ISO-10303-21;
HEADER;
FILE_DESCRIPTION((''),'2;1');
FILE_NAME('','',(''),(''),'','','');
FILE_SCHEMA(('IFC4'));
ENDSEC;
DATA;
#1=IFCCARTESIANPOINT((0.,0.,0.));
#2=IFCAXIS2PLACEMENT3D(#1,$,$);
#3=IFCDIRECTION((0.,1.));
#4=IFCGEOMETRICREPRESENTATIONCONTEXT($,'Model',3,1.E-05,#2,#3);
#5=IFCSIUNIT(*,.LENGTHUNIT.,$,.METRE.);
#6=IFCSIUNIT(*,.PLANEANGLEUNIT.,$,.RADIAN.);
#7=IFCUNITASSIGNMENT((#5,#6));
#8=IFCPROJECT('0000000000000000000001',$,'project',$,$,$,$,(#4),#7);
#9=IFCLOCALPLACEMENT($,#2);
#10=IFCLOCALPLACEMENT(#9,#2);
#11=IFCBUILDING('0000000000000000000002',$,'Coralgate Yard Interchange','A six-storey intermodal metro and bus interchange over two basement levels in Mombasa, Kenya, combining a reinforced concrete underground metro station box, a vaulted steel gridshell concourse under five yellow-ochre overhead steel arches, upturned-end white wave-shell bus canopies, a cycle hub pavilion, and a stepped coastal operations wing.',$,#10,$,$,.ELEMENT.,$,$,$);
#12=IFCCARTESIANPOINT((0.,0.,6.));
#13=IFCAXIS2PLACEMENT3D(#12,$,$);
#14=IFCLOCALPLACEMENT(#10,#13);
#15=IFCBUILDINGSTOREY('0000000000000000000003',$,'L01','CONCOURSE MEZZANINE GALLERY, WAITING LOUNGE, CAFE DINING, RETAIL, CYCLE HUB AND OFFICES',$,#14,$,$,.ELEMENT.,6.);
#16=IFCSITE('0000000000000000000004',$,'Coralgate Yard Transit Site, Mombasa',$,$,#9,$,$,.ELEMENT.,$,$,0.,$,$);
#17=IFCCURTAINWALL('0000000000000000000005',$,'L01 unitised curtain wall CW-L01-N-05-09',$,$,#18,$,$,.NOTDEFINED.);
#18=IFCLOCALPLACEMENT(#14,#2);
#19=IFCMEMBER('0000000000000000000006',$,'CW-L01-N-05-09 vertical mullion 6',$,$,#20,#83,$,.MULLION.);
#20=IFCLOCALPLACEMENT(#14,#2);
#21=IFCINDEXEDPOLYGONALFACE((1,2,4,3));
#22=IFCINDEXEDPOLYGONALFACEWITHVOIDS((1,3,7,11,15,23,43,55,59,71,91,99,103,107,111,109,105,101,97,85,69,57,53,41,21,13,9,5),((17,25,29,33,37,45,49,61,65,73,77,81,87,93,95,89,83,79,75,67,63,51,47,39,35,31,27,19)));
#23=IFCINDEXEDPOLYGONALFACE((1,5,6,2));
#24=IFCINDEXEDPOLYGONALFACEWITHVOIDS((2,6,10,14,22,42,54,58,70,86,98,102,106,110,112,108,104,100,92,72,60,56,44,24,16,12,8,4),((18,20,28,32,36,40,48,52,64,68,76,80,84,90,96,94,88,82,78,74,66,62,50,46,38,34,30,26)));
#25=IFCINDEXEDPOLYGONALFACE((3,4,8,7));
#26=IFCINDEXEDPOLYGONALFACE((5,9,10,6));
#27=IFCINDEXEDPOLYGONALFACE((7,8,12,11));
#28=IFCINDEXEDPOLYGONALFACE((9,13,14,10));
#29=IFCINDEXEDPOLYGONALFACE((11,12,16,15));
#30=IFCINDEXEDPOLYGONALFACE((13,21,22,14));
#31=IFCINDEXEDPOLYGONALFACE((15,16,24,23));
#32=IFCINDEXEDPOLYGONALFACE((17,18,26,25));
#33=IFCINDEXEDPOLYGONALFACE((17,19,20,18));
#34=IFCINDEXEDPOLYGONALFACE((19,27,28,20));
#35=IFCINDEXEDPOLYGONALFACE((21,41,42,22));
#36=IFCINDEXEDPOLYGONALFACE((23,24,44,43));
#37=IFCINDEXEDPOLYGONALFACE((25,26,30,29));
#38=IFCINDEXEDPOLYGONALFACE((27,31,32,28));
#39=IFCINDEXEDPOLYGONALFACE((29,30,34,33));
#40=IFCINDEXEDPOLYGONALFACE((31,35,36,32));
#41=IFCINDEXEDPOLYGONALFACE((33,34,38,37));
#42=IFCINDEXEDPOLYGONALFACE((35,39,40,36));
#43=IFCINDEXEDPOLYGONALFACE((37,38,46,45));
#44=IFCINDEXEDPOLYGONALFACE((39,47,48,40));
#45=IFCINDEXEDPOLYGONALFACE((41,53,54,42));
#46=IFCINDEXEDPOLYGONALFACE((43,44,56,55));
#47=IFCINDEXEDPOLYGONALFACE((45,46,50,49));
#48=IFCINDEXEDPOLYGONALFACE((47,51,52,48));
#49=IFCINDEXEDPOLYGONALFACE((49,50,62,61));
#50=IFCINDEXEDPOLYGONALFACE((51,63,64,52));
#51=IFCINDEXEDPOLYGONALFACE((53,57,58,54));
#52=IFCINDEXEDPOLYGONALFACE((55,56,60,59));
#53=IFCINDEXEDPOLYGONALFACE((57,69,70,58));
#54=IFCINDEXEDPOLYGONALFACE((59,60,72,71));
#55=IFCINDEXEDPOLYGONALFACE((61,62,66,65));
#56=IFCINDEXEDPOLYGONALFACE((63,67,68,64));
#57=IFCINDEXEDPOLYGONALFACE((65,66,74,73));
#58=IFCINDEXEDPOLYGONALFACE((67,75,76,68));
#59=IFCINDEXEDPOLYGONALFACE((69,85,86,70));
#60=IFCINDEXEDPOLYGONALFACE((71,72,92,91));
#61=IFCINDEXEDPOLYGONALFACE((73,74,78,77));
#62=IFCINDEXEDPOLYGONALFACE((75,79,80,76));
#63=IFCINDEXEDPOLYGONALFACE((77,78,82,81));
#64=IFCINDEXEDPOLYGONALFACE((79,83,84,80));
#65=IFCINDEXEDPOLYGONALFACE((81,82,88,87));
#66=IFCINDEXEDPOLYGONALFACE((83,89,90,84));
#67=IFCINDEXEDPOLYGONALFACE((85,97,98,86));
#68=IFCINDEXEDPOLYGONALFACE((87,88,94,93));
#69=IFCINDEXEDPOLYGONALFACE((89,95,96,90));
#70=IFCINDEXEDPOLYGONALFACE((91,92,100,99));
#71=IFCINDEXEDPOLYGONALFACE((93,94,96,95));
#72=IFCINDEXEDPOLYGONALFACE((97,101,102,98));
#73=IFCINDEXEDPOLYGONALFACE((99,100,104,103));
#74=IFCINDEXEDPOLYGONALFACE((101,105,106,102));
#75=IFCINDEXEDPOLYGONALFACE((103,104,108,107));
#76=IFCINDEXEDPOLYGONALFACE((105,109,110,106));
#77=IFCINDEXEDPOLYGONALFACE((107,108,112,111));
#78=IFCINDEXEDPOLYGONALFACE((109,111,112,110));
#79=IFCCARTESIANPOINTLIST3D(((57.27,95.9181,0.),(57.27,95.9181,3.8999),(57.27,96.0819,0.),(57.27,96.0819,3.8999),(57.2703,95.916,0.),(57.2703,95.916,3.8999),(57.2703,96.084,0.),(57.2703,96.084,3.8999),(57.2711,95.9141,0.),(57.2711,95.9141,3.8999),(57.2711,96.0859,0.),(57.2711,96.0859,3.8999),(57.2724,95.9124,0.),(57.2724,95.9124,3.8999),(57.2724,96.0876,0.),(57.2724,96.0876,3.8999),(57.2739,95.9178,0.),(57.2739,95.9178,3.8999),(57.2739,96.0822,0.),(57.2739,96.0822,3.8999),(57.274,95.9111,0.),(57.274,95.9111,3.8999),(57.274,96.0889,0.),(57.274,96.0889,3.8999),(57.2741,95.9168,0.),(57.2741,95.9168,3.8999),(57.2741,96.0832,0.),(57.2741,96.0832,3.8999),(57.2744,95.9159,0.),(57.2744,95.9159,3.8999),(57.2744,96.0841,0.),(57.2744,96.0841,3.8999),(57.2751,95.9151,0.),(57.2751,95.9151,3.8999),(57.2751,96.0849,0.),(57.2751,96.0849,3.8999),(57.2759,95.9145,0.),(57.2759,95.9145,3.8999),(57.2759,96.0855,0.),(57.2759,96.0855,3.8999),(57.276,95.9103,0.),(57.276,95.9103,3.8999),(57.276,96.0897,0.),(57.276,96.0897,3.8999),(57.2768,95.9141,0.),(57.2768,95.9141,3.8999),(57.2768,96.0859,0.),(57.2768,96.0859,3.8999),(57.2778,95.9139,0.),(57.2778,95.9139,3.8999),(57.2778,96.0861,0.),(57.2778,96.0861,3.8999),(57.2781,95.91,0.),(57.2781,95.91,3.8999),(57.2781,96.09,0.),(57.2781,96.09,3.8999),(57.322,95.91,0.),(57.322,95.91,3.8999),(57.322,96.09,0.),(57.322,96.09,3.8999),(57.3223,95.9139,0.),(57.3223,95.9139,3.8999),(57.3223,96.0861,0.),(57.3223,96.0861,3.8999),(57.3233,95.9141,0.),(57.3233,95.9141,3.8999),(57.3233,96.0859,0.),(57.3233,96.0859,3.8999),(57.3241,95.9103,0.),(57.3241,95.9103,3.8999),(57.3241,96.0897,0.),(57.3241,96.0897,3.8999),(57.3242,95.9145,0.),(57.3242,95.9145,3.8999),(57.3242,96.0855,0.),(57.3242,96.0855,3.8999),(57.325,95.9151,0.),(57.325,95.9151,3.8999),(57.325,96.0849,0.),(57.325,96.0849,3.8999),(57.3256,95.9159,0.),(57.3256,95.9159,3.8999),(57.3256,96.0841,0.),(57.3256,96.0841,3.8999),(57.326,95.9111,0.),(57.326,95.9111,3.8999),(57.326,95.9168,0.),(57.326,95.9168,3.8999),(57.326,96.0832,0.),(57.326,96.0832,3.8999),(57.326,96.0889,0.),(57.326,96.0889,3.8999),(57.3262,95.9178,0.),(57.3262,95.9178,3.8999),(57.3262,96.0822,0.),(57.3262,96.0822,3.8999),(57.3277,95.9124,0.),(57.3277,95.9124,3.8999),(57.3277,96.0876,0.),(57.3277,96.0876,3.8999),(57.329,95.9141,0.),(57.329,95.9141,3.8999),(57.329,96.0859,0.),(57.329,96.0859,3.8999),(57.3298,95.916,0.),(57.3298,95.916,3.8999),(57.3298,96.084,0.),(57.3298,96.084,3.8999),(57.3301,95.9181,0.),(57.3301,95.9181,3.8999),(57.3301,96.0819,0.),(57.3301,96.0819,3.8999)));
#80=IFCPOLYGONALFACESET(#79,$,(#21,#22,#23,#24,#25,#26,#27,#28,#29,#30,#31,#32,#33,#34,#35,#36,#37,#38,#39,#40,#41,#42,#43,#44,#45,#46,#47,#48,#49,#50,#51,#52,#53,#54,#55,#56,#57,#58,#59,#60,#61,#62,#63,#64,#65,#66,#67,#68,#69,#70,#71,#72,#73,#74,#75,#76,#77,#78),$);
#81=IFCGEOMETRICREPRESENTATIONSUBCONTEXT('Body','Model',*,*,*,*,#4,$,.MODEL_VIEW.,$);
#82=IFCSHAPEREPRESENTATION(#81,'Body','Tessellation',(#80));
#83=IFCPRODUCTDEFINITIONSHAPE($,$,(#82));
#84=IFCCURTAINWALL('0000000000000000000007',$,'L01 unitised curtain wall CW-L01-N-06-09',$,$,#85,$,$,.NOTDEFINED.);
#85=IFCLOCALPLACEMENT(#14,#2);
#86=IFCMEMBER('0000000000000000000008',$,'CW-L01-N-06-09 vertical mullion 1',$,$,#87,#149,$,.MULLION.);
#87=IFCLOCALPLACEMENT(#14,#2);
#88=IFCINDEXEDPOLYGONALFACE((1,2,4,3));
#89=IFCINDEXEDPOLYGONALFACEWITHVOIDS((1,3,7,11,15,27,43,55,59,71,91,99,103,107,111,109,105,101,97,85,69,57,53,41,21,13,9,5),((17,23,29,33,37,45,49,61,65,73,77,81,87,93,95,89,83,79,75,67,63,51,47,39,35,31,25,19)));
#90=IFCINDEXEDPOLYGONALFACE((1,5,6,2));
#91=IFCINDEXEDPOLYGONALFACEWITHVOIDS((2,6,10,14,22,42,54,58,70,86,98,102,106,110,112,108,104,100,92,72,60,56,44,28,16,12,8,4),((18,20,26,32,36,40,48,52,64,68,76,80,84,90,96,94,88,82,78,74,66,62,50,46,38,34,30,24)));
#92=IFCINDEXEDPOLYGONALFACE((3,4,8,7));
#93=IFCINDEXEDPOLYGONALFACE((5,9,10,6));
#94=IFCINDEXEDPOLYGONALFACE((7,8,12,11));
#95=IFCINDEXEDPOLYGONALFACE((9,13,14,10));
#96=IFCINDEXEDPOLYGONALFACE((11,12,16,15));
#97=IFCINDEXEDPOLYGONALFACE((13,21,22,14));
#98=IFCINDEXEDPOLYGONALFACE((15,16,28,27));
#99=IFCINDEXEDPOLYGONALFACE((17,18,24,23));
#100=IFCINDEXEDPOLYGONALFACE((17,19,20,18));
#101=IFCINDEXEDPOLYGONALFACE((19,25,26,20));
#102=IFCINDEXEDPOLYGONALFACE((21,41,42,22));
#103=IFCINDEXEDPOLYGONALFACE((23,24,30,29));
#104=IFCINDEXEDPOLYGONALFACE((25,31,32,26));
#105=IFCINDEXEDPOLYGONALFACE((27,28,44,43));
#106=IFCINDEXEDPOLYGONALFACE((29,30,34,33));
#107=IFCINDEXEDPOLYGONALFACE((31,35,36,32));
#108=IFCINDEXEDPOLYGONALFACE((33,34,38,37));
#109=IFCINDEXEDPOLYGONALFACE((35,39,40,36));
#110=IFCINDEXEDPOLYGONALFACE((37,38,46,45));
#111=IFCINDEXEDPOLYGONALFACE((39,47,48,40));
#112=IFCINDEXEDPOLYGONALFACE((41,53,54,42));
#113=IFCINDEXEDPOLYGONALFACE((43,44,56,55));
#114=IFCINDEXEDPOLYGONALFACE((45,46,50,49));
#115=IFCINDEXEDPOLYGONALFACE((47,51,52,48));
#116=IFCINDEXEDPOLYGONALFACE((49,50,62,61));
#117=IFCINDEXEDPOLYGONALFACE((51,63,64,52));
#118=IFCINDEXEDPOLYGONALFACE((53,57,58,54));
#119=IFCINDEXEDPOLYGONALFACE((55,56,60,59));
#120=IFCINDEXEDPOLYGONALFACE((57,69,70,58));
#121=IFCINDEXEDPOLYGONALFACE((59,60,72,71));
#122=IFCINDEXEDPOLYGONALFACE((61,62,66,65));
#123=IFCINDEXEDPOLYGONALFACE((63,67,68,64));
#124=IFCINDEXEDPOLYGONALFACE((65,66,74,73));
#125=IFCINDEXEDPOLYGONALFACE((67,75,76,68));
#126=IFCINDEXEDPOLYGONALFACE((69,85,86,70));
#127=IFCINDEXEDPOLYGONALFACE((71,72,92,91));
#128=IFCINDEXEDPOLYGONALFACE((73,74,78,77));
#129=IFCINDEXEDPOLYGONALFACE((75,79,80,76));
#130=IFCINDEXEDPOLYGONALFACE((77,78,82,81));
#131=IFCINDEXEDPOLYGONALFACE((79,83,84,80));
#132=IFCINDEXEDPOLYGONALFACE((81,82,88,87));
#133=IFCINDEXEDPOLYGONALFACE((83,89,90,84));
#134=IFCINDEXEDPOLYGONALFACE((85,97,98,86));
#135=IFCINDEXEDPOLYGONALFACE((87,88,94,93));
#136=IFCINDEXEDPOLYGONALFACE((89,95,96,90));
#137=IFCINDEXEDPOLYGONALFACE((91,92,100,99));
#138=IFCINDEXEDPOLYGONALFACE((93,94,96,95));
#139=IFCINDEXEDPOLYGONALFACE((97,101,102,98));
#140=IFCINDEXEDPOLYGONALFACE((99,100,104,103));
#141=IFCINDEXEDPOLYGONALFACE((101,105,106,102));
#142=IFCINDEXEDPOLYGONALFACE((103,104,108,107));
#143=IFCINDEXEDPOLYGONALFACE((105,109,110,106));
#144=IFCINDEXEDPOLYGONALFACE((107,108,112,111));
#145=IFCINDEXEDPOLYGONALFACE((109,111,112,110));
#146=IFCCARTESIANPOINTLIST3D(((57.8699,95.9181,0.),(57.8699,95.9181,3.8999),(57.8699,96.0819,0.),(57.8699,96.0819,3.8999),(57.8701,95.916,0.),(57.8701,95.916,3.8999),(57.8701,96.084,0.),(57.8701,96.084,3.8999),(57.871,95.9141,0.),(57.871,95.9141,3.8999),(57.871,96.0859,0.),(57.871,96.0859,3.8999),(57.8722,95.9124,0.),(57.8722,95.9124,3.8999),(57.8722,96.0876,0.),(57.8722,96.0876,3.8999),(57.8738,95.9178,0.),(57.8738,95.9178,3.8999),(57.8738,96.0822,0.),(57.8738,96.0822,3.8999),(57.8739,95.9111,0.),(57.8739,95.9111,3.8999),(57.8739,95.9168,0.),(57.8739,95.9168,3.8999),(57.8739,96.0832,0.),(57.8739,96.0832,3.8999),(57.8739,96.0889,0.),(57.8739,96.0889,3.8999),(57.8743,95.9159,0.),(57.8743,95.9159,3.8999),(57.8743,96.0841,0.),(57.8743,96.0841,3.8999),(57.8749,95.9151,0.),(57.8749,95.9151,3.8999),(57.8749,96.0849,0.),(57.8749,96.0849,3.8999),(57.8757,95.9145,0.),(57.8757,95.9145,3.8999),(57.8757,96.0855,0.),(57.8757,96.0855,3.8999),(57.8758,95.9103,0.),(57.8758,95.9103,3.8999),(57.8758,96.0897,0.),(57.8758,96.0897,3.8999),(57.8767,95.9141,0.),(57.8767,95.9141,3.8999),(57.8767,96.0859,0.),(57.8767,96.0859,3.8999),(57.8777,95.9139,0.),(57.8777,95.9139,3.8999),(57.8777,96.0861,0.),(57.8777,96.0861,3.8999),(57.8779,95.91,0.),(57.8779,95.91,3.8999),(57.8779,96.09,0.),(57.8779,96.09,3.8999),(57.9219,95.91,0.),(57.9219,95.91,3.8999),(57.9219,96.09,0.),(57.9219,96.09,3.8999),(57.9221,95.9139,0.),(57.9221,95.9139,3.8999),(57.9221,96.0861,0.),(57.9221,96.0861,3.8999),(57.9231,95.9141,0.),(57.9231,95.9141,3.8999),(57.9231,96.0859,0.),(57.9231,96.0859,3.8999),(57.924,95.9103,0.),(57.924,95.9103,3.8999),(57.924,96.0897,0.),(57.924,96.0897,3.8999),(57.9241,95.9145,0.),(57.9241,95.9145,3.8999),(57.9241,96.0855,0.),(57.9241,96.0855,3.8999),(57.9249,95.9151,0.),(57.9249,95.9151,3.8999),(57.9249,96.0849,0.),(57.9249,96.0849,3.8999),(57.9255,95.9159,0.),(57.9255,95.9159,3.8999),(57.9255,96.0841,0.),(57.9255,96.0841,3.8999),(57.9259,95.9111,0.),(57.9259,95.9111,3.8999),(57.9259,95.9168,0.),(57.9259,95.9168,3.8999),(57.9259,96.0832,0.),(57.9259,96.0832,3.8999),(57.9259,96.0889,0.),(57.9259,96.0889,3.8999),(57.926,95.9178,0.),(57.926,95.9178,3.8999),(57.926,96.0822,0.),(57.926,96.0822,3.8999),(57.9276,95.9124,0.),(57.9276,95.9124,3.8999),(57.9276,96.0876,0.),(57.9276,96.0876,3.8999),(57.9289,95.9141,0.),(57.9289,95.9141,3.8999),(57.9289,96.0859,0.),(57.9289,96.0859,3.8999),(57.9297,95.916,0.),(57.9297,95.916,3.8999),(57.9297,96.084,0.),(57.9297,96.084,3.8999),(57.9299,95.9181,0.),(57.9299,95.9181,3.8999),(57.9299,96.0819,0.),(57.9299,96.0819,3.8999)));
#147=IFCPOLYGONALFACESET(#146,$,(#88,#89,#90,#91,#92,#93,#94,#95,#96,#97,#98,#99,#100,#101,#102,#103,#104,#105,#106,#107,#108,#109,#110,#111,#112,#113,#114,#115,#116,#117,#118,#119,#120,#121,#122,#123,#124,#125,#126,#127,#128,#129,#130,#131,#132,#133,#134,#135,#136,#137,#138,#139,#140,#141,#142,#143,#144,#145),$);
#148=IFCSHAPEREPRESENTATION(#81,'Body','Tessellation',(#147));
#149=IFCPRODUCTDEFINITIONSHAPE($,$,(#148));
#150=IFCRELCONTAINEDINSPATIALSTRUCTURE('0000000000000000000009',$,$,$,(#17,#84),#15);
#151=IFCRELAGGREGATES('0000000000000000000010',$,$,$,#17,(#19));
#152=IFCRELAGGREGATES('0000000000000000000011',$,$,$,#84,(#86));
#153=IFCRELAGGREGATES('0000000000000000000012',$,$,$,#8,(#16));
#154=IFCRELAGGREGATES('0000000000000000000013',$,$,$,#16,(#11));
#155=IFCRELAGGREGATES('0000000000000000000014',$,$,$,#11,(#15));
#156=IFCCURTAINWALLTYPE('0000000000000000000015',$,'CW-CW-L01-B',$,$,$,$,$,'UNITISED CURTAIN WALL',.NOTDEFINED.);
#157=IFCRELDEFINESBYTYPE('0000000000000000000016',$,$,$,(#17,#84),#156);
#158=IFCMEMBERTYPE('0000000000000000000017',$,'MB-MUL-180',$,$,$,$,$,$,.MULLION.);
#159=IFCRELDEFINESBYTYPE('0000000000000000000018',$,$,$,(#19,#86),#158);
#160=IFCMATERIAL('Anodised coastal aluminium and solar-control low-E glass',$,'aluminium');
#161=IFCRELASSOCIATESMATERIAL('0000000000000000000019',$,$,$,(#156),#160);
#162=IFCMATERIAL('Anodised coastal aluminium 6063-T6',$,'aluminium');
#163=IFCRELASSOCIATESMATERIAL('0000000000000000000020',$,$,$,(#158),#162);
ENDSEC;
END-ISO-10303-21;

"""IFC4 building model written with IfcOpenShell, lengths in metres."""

from ifc_helpers import new_model, si_unit, direction, frame, origin, origin_2d, place, context, subcontext, project, spatial, hollow_rectangle, extrude, material, material_profile, profile_set, type_object, element, aggregate, save


model = new_model("IFC4")

# Units and contexts
model_context = context("Model", 3, precision=1e-05, world=origin(), true_north=direction((0.0, 1.0)))
body_context = subcontext(model_context, "Body", "Model", "MODEL_VIEW")
ifc_project = project(units=[si_unit("LENGTHUNIT", "METRE"), si_unit("PLANEANGLEUNIT", "RADIAN")], contexts=[model_context])

# Site, building, storey
site_placement = place(None, origin())
site = spatial("IfcSite", under=ifc_project, at=site_placement, Name="Coralgate Yard Transit Site, Mombasa", CompositionType="ELEMENT", RefElevation=0.0)
building_placement = place(site_placement, origin())
building = spatial("IfcBuilding", under=site, at=building_placement, Name="Coralgate Yard Interchange", Description="A six-storey intermodal metro and bus interchange over two basement levels in Mombasa, Kenya, combining a reinforced concrete underground metro station box, a vaulted steel gridshell concourse under five yellow-ochre overhead steel arches, upturned-end white wave-shell bus canopies, a cycle hub pavilion, and a stepped coastal operations wing.", CompositionType="ELEMENT")
storey_placement = place(building_placement, frame((0.0, 0.0, 6.0)))
storey = spatial("IfcBuildingStorey", under=building, at=storey_placement, Name="L01", Description="CONCOURSE MEZZANINE GALLERY, WAITING LOUNGE, CAFE DINING, RETAIL, CYCLE HUB AND OFFICES", CompositionType="ELEMENT", Elevation=6.0)

# Curtain wall, member
ifc_material_1 = material(Name="Anodised coastal aluminium and solar-control low-E glass", Category="aluminium")
curtain_wall_type = type_object("IfcCurtainWallType", Name="CW-CW-L01-B", ElementType="UNITISED CURTAIN WALL", PredefinedType="NOTDEFINED", material=ifc_material_1)
curtain_wall_1_placement = place(storey_placement, origin())
curtain_wall_1 = element("IfcCurtainWall", 1, at=curtain_wall_1_placement, inside=storey, type_object=curtain_wall_type, Name="L01 unitised curtain wall CW-L01-N-05-09", PredefinedType="NOTDEFINED")
ifc_material_2 = material(Name="Anodised coastal aluminium 6063-T6", Category="aluminium")
ifc_material_profile_1 = material_profile(ifc_material_2, hollow_rectangle(XDim=0.0601, YDim=0.1799, WallThickness=0.0039, InnerFilletRadius=0.0039, OuterFilletRadius=0.0081, at=origin_2d()), Name="ALU 60x180x4")
ifc_profile_set_1 = profile_set([ifc_material_profile_1], Name="Anodised coastal aluminium 6063-T6")
member_type_1 = type_object("IfcMemberType", Name="MB-MUL-180", PredefinedType="MULLION", material=ifc_profile_set_1)
member_1_placement = place(storey_placement, frame((57.3, 96.0, 0.0), z_axis=(0.0, 0.0, 1.0), x_axis=(1.0, 0.0, 0.0)))
member_1 = element("IfcMember", 2, at=member_1_placement, type_object=member_type_1, Name="CW-L01-N-05-09 vertical mullion 6", PredefinedType="MULLION", context=body_context, shape_type="SweptSolid", body=[
    extrude(hollow_rectangle(XDim=0.0601, YDim=0.1799, WallThickness=0.0039, InnerFilletRadius=0.0039, OuterFilletRadius=0.0081, at=origin_2d()), origin(), (0.0, 0.0, 1.0), 3.8999),
])
aggregate(curtain_wall_1, [member_1])

# Curtain wall, member
curtain_wall_2_placement = place(storey_placement, origin())
curtain_wall_2 = element("IfcCurtainWall", 3, at=curtain_wall_2_placement, inside=storey, type_object=curtain_wall_type, Name="L01 unitised curtain wall CW-L01-N-06-09", PredefinedType="NOTDEFINED")
member_2_placement = place(storey_placement, frame((57.8999, 96.0, 0.0), z_axis=(0.0, 0.0, 1.0), x_axis=(1.0, 0.0, 0.0)))
member_2 = element("IfcMember", 4, at=member_2_placement, type_object=member_type_1, Name="CW-L01-N-06-09 vertical mullion 1", PredefinedType="MULLION", context=body_context, shape_type="SweptSolid", body=[
    extrude(hollow_rectangle(XDim=0.0601, YDim=0.1799, WallThickness=0.0039, InnerFilletRadius=0.0039, OuterFilletRadius=0.0081, at=origin_2d()), origin(), (0.0, 0.0, 1.0), 3.8999),
])
aggregate(curtain_wall_2, [member_2])

save(model, "model.ifc")
